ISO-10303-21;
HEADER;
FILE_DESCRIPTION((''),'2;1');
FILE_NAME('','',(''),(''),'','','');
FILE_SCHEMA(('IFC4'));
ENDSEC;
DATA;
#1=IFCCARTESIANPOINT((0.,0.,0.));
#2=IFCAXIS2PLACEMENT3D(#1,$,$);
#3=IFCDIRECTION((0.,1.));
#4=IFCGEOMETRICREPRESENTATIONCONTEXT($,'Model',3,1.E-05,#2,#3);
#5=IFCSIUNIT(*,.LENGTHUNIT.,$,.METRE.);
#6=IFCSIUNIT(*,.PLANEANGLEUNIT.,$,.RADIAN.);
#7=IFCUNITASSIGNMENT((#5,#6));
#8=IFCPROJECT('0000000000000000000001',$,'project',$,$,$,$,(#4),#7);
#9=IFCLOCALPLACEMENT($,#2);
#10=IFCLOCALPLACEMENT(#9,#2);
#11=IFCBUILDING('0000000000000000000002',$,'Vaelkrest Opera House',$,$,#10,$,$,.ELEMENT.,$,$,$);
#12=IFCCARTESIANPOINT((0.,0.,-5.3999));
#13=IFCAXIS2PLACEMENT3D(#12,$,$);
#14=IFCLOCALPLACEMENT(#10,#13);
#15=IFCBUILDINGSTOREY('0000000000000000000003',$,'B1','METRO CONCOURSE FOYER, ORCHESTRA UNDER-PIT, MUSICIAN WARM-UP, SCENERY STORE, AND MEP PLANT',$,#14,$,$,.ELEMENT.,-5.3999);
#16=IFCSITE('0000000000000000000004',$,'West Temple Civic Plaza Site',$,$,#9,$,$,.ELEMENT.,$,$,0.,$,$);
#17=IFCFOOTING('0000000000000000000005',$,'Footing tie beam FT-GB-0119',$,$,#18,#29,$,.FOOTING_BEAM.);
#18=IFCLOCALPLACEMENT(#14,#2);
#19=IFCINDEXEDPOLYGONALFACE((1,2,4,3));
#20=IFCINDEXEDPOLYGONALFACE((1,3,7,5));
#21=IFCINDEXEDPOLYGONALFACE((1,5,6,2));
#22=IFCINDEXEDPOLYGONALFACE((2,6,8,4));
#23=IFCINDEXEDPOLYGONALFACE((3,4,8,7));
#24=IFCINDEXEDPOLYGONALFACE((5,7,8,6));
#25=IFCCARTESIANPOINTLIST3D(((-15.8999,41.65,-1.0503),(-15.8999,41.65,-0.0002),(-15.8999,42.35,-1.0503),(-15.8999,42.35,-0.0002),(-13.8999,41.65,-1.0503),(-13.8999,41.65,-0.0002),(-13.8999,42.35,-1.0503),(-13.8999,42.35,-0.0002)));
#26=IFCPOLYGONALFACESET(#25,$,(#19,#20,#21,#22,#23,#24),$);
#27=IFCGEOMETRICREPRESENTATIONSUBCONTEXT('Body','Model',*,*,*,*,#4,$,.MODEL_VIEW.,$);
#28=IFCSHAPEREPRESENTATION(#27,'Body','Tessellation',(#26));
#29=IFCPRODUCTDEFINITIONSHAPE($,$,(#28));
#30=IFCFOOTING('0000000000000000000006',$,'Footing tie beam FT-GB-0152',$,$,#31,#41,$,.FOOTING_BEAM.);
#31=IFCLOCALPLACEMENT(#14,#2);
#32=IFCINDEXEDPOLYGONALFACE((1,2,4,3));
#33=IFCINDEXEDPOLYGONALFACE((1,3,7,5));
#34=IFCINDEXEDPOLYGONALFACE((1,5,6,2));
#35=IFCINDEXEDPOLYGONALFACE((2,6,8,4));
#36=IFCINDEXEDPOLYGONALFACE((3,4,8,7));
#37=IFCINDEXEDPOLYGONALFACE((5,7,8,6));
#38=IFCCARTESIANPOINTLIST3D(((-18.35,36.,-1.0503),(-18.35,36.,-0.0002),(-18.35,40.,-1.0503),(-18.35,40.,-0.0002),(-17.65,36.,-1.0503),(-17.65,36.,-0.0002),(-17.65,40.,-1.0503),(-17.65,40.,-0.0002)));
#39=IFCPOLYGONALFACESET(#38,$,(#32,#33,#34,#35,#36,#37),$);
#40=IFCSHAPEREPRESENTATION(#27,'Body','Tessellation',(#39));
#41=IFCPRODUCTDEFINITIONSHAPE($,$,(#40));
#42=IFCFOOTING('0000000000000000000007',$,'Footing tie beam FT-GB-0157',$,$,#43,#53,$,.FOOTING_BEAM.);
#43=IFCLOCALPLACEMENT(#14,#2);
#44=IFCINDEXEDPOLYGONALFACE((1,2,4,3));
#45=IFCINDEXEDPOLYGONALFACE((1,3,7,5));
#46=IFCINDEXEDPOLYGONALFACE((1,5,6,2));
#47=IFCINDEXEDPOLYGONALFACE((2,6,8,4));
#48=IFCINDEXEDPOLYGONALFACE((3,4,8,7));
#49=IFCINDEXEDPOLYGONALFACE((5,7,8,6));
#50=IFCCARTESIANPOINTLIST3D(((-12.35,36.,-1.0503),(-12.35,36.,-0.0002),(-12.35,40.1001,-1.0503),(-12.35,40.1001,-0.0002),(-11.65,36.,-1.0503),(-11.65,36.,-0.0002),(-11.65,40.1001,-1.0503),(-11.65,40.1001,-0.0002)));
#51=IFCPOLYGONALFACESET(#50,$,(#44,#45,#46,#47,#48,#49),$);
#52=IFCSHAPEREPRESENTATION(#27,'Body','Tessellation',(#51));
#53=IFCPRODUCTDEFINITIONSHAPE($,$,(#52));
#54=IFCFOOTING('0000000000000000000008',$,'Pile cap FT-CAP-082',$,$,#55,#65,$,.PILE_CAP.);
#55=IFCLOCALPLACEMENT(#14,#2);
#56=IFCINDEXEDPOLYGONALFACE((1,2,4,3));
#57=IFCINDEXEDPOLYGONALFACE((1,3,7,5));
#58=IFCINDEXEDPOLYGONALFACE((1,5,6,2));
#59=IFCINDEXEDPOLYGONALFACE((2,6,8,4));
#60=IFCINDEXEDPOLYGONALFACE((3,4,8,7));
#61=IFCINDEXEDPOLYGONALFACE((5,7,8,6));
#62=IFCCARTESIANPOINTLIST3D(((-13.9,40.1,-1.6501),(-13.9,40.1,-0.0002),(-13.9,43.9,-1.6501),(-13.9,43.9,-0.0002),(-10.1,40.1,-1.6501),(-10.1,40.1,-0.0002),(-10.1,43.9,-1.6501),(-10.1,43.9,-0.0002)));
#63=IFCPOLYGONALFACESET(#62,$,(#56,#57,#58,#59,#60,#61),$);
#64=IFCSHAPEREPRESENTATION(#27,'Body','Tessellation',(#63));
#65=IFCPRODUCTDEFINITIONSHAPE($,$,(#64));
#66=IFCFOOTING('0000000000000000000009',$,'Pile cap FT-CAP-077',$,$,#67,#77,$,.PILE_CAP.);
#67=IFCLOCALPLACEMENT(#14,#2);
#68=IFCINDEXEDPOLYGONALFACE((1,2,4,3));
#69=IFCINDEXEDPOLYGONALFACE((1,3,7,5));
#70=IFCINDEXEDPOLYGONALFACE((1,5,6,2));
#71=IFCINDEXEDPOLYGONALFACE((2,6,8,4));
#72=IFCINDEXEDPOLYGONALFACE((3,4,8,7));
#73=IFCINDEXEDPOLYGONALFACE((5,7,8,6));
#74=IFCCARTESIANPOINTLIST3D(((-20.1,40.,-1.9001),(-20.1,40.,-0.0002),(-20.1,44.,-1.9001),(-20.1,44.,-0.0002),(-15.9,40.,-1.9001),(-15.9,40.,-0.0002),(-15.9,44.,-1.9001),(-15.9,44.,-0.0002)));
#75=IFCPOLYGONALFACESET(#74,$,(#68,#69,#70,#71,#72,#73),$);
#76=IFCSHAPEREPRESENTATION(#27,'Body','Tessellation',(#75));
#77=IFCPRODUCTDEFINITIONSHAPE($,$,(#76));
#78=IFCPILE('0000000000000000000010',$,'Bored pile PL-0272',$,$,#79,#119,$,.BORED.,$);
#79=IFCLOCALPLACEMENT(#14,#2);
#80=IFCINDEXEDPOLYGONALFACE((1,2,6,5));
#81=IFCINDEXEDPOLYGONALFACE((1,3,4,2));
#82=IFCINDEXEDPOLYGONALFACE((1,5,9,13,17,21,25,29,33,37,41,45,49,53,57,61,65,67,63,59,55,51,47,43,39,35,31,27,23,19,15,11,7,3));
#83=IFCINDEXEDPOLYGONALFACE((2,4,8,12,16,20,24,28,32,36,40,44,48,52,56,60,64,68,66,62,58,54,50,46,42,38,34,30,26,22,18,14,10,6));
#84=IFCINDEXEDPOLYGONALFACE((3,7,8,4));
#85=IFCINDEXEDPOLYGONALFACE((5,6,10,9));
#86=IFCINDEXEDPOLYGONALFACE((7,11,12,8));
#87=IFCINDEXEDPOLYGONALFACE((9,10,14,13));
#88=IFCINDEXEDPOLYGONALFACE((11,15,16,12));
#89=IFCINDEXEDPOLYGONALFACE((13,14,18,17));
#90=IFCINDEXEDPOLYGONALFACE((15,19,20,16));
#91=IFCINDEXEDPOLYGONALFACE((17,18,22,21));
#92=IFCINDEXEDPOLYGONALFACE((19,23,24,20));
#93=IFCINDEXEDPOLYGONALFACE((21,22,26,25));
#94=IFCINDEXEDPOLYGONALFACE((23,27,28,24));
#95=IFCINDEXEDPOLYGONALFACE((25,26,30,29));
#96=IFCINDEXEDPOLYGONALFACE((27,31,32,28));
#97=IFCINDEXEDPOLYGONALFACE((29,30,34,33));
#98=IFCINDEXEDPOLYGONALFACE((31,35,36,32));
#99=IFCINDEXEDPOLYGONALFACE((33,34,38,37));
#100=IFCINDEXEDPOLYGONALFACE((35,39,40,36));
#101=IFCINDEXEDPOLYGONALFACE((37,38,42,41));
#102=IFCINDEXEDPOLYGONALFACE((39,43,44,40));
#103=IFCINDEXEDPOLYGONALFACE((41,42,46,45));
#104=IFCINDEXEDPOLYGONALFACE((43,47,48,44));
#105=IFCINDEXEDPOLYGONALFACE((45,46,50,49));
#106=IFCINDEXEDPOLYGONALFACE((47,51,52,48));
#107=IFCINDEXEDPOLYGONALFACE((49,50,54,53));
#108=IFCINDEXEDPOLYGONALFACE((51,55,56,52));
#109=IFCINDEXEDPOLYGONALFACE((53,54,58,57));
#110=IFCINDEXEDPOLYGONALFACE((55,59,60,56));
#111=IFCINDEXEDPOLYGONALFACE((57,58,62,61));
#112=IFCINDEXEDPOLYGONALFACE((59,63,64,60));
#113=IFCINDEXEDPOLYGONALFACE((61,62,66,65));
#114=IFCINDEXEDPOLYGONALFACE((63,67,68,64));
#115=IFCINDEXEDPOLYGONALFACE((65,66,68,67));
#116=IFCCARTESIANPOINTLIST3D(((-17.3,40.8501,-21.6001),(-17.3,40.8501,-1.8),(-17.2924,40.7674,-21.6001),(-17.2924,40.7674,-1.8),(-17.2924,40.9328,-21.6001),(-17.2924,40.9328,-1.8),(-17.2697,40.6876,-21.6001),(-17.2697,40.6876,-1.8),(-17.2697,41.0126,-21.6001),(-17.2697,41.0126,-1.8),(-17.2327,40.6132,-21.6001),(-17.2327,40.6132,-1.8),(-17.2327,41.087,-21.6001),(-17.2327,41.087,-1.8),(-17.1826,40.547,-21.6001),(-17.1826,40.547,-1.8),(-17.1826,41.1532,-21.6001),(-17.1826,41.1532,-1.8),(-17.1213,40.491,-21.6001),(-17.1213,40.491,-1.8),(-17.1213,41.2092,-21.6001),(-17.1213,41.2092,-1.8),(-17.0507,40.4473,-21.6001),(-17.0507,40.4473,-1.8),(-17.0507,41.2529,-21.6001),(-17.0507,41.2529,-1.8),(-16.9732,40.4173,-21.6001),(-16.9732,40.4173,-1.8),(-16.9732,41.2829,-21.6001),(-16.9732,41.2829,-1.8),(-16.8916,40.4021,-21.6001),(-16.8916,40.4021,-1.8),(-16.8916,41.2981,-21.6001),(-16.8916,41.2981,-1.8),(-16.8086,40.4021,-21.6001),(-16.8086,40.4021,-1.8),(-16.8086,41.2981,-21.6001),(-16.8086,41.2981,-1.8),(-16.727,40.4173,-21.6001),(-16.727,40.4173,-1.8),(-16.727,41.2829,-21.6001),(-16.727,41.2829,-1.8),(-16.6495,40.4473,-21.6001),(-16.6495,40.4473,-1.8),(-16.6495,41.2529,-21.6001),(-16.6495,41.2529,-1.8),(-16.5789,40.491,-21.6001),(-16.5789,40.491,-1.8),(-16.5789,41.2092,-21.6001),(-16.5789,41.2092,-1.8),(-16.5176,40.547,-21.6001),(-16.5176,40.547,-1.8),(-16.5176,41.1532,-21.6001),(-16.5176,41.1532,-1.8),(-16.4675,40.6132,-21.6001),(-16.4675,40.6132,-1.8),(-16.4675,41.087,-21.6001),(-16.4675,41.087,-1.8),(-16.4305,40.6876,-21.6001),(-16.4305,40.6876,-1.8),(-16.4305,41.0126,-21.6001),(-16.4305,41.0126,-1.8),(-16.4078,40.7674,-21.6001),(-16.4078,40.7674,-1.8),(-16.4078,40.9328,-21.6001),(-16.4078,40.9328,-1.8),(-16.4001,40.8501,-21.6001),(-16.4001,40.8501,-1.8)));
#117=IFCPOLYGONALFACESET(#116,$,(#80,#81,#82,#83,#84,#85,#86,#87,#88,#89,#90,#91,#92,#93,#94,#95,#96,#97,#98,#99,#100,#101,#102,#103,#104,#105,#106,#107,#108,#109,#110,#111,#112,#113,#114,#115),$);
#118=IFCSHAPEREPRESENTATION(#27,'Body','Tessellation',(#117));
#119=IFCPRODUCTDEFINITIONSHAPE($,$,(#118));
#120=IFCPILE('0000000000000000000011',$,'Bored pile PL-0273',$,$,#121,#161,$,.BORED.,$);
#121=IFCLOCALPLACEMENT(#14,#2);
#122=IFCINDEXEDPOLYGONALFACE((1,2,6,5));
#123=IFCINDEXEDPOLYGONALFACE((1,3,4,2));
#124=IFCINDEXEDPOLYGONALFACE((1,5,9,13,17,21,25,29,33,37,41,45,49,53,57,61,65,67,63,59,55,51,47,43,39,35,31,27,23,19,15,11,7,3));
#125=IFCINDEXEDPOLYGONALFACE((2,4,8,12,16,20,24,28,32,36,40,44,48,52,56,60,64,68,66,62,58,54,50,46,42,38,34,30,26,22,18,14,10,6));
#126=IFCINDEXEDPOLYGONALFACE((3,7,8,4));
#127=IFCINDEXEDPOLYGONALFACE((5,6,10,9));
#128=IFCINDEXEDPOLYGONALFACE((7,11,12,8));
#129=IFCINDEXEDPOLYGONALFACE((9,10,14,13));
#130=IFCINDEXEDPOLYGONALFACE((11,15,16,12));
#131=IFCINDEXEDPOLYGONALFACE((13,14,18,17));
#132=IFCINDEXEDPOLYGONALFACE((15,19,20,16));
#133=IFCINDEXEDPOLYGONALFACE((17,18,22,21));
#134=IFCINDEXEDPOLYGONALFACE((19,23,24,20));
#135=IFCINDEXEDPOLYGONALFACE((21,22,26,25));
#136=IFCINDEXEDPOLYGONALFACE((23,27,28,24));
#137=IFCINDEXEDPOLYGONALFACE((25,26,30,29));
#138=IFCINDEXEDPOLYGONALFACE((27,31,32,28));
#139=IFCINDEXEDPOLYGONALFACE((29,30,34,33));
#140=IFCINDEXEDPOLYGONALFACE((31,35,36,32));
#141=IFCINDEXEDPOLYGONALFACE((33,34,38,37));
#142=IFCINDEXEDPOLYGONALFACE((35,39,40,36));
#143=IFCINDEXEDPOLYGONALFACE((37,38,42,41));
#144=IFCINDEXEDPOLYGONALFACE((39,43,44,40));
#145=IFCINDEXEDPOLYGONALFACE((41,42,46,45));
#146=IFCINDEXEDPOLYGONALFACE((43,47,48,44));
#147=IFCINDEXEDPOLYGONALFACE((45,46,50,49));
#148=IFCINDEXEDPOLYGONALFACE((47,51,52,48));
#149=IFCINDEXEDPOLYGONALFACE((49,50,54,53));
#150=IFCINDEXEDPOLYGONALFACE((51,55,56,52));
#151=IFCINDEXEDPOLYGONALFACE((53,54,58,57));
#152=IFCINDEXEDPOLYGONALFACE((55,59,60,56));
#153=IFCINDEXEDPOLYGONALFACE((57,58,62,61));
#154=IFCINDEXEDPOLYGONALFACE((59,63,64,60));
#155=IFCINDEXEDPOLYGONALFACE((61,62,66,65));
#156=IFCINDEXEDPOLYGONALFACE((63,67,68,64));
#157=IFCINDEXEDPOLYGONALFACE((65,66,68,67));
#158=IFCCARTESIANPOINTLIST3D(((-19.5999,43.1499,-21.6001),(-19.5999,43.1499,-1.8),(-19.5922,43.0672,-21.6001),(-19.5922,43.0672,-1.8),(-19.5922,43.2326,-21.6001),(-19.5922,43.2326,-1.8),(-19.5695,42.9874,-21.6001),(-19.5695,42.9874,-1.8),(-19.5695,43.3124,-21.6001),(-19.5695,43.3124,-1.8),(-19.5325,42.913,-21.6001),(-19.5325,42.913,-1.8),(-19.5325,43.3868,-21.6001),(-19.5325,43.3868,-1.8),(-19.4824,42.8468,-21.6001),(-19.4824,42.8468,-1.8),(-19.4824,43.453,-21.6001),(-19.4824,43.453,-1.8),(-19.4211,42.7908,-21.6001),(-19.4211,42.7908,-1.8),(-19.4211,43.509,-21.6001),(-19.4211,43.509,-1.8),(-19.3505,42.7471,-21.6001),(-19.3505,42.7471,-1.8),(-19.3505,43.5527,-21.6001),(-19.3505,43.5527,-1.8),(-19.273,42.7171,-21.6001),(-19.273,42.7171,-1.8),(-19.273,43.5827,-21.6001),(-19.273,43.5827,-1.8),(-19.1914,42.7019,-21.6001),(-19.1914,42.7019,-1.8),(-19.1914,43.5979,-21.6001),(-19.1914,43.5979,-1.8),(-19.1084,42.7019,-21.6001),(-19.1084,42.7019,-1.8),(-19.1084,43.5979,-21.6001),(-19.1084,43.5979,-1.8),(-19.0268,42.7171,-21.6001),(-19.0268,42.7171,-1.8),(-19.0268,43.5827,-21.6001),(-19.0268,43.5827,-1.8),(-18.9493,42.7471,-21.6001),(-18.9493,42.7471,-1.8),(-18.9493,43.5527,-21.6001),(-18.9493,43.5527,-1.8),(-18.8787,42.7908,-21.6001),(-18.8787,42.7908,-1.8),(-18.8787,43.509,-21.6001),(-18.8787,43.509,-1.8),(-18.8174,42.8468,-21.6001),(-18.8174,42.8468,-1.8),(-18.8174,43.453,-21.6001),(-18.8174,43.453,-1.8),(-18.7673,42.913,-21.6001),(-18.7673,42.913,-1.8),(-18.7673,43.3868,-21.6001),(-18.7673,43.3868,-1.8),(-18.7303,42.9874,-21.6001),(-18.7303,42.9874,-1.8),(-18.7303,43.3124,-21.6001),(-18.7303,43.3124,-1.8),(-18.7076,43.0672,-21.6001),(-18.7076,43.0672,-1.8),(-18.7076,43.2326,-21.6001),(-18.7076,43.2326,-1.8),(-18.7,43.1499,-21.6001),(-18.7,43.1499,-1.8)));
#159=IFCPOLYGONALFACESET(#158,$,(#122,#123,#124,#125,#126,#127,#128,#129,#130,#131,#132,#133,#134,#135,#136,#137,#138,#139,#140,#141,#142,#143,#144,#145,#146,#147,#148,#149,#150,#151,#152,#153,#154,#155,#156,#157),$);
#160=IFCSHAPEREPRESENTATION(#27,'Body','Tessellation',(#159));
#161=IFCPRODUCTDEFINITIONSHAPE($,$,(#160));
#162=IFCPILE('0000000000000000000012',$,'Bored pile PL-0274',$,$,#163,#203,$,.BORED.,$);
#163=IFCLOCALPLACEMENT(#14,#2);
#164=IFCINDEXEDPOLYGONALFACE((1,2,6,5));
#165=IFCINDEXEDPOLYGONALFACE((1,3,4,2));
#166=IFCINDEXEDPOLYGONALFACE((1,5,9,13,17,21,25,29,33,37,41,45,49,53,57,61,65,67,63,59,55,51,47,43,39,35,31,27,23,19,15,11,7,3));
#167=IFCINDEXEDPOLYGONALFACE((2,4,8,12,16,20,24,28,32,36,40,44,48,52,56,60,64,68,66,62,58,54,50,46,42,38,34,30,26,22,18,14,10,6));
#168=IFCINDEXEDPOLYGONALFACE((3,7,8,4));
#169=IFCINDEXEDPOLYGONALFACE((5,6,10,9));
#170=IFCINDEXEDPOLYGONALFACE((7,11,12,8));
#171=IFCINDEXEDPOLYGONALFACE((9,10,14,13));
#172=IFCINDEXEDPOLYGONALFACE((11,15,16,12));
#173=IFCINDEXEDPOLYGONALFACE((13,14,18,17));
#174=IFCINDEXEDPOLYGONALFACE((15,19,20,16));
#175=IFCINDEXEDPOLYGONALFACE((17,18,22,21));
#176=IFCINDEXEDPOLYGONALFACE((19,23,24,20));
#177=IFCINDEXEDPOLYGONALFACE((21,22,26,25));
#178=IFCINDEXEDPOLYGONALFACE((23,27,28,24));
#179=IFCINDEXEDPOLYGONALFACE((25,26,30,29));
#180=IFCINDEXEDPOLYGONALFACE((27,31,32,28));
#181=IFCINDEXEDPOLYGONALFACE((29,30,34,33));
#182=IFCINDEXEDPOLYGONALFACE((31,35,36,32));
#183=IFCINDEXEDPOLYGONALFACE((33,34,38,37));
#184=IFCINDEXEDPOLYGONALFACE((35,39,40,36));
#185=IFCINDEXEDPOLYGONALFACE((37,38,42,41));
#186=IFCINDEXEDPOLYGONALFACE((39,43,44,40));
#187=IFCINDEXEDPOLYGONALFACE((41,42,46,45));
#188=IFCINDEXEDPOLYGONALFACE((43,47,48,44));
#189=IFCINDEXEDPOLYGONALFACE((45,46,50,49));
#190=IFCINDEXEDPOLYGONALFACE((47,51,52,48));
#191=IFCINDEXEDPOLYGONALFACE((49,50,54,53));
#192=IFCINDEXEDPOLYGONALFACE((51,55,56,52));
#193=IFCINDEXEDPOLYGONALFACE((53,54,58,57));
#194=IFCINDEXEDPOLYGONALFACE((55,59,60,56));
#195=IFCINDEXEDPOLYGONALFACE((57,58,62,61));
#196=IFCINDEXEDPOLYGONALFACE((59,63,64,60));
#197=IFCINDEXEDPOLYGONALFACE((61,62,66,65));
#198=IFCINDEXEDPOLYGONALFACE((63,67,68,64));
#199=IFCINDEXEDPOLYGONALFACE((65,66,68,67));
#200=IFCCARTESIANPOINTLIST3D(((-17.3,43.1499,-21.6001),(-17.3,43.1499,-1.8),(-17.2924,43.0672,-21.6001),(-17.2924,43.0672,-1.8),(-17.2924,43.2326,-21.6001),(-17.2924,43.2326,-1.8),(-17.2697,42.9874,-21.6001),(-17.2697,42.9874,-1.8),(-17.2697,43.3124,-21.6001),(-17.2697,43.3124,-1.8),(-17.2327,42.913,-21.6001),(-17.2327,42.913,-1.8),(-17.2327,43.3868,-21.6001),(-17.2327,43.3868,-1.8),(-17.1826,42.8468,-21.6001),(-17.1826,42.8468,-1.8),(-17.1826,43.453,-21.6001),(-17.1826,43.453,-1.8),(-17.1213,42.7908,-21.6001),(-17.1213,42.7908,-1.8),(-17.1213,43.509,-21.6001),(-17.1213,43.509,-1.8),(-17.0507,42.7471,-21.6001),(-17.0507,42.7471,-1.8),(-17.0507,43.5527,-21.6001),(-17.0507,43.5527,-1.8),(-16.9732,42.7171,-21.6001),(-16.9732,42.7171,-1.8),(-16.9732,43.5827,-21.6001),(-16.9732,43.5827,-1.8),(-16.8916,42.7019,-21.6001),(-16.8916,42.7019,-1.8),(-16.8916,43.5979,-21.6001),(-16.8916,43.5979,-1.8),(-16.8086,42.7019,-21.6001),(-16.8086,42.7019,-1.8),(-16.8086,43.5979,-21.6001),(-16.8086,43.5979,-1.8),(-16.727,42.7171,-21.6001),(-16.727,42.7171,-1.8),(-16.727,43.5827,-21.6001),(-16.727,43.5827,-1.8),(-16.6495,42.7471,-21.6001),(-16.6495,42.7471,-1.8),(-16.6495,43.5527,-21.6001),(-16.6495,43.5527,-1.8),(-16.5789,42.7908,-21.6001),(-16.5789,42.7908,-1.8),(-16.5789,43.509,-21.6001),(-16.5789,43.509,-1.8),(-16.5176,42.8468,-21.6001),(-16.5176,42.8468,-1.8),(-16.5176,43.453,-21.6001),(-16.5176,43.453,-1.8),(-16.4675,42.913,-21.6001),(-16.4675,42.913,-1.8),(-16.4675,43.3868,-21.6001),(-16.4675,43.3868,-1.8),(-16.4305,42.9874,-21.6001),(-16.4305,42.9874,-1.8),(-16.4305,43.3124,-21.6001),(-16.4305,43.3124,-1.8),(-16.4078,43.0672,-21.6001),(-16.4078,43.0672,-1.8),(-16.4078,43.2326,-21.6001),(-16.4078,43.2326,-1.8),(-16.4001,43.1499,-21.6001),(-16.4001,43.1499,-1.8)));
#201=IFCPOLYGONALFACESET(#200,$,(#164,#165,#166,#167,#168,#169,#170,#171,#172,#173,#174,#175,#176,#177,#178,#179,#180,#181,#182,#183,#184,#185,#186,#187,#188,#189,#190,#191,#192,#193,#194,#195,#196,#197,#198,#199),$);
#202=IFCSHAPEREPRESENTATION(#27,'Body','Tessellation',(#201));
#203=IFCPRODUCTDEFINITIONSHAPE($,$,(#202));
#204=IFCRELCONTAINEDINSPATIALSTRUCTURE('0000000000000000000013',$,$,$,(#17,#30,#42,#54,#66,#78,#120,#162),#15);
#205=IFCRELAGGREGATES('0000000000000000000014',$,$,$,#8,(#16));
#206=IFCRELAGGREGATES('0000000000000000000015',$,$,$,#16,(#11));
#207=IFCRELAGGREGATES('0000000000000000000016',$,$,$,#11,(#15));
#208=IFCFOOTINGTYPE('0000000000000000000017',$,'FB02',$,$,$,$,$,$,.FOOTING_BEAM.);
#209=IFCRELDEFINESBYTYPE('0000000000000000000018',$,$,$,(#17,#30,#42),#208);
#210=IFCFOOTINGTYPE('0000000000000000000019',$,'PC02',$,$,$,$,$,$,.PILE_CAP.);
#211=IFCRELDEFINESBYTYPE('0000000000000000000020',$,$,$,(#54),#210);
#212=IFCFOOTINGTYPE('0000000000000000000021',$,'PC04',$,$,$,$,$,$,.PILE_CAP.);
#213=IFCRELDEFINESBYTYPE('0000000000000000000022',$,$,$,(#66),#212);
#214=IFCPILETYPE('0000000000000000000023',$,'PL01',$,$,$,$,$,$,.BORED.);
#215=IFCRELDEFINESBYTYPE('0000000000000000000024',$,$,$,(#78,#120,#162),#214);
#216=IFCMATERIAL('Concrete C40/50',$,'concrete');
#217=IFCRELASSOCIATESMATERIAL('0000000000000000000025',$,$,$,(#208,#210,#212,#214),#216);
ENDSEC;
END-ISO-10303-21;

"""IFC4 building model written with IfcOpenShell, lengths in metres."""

from ifc_helpers import new_model, si_unit, direction, frame, origin, origin_2d, place, context, subcontext, project, spatial, rectangle, circle, extrude, material, material_profile, profile_set, type_object, element, save


model = new_model("IFC4")

# Units and contexts
model_context = context("Model", 3, precision=1e-05, world=origin(), true_north=direction((0.0, 1.0)))
body_context = subcontext(model_context, "Body", "Model", "MODEL_VIEW")
ifc_project = project(units=[si_unit("LENGTHUNIT", "METRE"), si_unit("PLANEANGLEUNIT", "RADIAN")], contexts=[model_context])

# Site, building, storey
site_placement = place(None, origin())
site = spatial("IfcSite", under=ifc_project, at=site_placement, Name="West Temple Civic Plaza Site", CompositionType="ELEMENT", RefElevation=0.0)
building_placement = place(site_placement, origin())
building = spatial("IfcBuilding", under=site, at=building_placement, Name="Vaelkrest Opera House", CompositionType="ELEMENT")
storey_placement = place(building_placement, frame((0.0, 0.0, -5.3999)))
storey = spatial("IfcBuildingStorey", under=building, at=storey_placement, Name="B1", Description="METRO CONCOURSE FOYER, ORCHESTRA UNDER-PIT, MUSICIAN WARM-UP, SCENERY STORE, AND MEP PLANT", CompositionType="ELEMENT", Elevation=-5.3999)

# Footings
ifc_material_1 = material(Name="Concrete C40/50", Category="concrete")
footing_type_1 = type_object("IfcFootingType", Name="FB02", PredefinedType="FOOTING_BEAM", material=ifc_material_1)
footing_1_placement = place(storey_placement, frame((-14.8999, 42.0, -1.0503), z_axis=(0.0, 0.0, 1.0), x_axis=(1.0, 0.0, 0.0)))
element("IfcFooting", 1, at=footing_1_placement, inside=storey, type_object=footing_type_1, Name="Footing tie beam FT-GB-0119", PredefinedType="FOOTING_BEAM", context=body_context, shape_type="SweptSolid", body=[
    extrude(rectangle(XDim=2.0, YDim=0.7, at=origin_2d()), origin(), (0.0, 0.0, 1.0), 1.05),
])
footing_2_placement = place(storey_placement, frame((-18.0, 38.0, -1.0503), z_axis=(0.0, 0.0, 1.0), x_axis=(0.0, 1.0, 0.0)))
element("IfcFooting", 2, at=footing_2_placement, inside=storey, type_object=footing_type_1, Name="Footing tie beam FT-GB-0152", PredefinedType="FOOTING_BEAM", context=body_context, shape_type="SweptSolid", body=[
    extrude(rectangle(XDim=4.0, YDim=0.7, at=origin_2d()), origin(), (0.0, 0.0, 1.0), 1.05),
])
footing_3_placement = place(storey_placement, frame((-12.0, 38.05, -1.0503), z_axis=(0.0, 0.0, 1.0), x_axis=(0.0, 1.0, 0.0)))
element("IfcFooting", 3, at=footing_3_placement, inside=storey, type_object=footing_type_1, Name="Footing tie beam FT-GB-0157", PredefinedType="FOOTING_BEAM", context=body_context, shape_type="SweptSolid", body=[
    extrude(rectangle(XDim=4.1001, YDim=0.7, at=origin_2d()), origin(), (0.0, 0.0, 1.0), 1.05),
])
footing_type_2 = type_object("IfcFootingType", Name="PC02", PredefinedType="PILE_CAP", material=ifc_material_1)
footing_4_placement = place(storey_placement, frame((-12.0, 42.0, -1.6501), z_axis=(0.0, 0.0, 1.0), x_axis=(1.0, 0.0, 0.0)))
element("IfcFooting", 4, at=footing_4_placement, inside=storey, type_object=footing_type_2, Name="Pile cap FT-CAP-082", PredefinedType="PILE_CAP", context=body_context, shape_type="SweptSolid", body=[
    extrude(rectangle(XDim=3.8, YDim=3.8, at=origin_2d()), origin(), (0.0, 0.0, 1.0), 1.6499),
])
footing_type_3 = type_object("IfcFootingType", Name="PC04", PredefinedType="PILE_CAP", material=ifc_material_1)
footing_5_placement = place(storey_placement, frame((-18.0, 42.0, -1.9001), z_axis=(0.0, 0.0, 1.0), x_axis=(1.0, 0.0, 0.0)))
element("IfcFooting", 5, at=footing_5_placement, inside=storey, type_object=footing_type_3, Name="Pile cap FT-CAP-077", PredefinedType="PILE_CAP", context=body_context, shape_type="SweptSolid", body=[
    extrude(rectangle(XDim=4.2, YDim=4.0, at=origin_2d()), origin(), (0.0, 0.0, 1.0), 1.8999),
])

# Piles
ifc_material_profile_1 = material_profile(ifc_material_1, circle(Radius=0.45, at=origin_2d()), Name="PILE900")
ifc_profile_set_1 = profile_set([ifc_material_profile_1], Name="Concrete C40/50")
pile_type_1 = type_object("IfcPileType", Name="PL01", PredefinedType="BORED", material=ifc_profile_set_1)
for number, where, z_axis, x_axis, name in (
    (6, (-16.8501, 40.8501, -1.8), (0.0, 0.0, -1.0), (1.0, 0.0, 0.0), "Bored pile PL-0272"),
    (7, (-19.1499, 43.1499, -1.8), (0.0, 0.0, -1.0), (1.0, 0.0, 0.0), "Bored pile PL-0273"),
    (8, (-16.8501, 43.1499, -1.8), (0.0, 0.0, -1.0), (1.0, 0.0, 0.0), "Bored pile PL-0274"),
):
    element("IfcPile", number, at=place(storey_placement, frame(where, z_axis=z_axis, x_axis=x_axis)), inside=storey, type_object=pile_type_1, Name=name, PredefinedType="BORED", context=body_context, shape_type="SweptSolid", body=[
        extrude(circle(Radius=0.45, at=origin_2d()), origin(), (0.0, 0.0, 1.0), 19.8),
    ])

save(model, "model.ifc")
